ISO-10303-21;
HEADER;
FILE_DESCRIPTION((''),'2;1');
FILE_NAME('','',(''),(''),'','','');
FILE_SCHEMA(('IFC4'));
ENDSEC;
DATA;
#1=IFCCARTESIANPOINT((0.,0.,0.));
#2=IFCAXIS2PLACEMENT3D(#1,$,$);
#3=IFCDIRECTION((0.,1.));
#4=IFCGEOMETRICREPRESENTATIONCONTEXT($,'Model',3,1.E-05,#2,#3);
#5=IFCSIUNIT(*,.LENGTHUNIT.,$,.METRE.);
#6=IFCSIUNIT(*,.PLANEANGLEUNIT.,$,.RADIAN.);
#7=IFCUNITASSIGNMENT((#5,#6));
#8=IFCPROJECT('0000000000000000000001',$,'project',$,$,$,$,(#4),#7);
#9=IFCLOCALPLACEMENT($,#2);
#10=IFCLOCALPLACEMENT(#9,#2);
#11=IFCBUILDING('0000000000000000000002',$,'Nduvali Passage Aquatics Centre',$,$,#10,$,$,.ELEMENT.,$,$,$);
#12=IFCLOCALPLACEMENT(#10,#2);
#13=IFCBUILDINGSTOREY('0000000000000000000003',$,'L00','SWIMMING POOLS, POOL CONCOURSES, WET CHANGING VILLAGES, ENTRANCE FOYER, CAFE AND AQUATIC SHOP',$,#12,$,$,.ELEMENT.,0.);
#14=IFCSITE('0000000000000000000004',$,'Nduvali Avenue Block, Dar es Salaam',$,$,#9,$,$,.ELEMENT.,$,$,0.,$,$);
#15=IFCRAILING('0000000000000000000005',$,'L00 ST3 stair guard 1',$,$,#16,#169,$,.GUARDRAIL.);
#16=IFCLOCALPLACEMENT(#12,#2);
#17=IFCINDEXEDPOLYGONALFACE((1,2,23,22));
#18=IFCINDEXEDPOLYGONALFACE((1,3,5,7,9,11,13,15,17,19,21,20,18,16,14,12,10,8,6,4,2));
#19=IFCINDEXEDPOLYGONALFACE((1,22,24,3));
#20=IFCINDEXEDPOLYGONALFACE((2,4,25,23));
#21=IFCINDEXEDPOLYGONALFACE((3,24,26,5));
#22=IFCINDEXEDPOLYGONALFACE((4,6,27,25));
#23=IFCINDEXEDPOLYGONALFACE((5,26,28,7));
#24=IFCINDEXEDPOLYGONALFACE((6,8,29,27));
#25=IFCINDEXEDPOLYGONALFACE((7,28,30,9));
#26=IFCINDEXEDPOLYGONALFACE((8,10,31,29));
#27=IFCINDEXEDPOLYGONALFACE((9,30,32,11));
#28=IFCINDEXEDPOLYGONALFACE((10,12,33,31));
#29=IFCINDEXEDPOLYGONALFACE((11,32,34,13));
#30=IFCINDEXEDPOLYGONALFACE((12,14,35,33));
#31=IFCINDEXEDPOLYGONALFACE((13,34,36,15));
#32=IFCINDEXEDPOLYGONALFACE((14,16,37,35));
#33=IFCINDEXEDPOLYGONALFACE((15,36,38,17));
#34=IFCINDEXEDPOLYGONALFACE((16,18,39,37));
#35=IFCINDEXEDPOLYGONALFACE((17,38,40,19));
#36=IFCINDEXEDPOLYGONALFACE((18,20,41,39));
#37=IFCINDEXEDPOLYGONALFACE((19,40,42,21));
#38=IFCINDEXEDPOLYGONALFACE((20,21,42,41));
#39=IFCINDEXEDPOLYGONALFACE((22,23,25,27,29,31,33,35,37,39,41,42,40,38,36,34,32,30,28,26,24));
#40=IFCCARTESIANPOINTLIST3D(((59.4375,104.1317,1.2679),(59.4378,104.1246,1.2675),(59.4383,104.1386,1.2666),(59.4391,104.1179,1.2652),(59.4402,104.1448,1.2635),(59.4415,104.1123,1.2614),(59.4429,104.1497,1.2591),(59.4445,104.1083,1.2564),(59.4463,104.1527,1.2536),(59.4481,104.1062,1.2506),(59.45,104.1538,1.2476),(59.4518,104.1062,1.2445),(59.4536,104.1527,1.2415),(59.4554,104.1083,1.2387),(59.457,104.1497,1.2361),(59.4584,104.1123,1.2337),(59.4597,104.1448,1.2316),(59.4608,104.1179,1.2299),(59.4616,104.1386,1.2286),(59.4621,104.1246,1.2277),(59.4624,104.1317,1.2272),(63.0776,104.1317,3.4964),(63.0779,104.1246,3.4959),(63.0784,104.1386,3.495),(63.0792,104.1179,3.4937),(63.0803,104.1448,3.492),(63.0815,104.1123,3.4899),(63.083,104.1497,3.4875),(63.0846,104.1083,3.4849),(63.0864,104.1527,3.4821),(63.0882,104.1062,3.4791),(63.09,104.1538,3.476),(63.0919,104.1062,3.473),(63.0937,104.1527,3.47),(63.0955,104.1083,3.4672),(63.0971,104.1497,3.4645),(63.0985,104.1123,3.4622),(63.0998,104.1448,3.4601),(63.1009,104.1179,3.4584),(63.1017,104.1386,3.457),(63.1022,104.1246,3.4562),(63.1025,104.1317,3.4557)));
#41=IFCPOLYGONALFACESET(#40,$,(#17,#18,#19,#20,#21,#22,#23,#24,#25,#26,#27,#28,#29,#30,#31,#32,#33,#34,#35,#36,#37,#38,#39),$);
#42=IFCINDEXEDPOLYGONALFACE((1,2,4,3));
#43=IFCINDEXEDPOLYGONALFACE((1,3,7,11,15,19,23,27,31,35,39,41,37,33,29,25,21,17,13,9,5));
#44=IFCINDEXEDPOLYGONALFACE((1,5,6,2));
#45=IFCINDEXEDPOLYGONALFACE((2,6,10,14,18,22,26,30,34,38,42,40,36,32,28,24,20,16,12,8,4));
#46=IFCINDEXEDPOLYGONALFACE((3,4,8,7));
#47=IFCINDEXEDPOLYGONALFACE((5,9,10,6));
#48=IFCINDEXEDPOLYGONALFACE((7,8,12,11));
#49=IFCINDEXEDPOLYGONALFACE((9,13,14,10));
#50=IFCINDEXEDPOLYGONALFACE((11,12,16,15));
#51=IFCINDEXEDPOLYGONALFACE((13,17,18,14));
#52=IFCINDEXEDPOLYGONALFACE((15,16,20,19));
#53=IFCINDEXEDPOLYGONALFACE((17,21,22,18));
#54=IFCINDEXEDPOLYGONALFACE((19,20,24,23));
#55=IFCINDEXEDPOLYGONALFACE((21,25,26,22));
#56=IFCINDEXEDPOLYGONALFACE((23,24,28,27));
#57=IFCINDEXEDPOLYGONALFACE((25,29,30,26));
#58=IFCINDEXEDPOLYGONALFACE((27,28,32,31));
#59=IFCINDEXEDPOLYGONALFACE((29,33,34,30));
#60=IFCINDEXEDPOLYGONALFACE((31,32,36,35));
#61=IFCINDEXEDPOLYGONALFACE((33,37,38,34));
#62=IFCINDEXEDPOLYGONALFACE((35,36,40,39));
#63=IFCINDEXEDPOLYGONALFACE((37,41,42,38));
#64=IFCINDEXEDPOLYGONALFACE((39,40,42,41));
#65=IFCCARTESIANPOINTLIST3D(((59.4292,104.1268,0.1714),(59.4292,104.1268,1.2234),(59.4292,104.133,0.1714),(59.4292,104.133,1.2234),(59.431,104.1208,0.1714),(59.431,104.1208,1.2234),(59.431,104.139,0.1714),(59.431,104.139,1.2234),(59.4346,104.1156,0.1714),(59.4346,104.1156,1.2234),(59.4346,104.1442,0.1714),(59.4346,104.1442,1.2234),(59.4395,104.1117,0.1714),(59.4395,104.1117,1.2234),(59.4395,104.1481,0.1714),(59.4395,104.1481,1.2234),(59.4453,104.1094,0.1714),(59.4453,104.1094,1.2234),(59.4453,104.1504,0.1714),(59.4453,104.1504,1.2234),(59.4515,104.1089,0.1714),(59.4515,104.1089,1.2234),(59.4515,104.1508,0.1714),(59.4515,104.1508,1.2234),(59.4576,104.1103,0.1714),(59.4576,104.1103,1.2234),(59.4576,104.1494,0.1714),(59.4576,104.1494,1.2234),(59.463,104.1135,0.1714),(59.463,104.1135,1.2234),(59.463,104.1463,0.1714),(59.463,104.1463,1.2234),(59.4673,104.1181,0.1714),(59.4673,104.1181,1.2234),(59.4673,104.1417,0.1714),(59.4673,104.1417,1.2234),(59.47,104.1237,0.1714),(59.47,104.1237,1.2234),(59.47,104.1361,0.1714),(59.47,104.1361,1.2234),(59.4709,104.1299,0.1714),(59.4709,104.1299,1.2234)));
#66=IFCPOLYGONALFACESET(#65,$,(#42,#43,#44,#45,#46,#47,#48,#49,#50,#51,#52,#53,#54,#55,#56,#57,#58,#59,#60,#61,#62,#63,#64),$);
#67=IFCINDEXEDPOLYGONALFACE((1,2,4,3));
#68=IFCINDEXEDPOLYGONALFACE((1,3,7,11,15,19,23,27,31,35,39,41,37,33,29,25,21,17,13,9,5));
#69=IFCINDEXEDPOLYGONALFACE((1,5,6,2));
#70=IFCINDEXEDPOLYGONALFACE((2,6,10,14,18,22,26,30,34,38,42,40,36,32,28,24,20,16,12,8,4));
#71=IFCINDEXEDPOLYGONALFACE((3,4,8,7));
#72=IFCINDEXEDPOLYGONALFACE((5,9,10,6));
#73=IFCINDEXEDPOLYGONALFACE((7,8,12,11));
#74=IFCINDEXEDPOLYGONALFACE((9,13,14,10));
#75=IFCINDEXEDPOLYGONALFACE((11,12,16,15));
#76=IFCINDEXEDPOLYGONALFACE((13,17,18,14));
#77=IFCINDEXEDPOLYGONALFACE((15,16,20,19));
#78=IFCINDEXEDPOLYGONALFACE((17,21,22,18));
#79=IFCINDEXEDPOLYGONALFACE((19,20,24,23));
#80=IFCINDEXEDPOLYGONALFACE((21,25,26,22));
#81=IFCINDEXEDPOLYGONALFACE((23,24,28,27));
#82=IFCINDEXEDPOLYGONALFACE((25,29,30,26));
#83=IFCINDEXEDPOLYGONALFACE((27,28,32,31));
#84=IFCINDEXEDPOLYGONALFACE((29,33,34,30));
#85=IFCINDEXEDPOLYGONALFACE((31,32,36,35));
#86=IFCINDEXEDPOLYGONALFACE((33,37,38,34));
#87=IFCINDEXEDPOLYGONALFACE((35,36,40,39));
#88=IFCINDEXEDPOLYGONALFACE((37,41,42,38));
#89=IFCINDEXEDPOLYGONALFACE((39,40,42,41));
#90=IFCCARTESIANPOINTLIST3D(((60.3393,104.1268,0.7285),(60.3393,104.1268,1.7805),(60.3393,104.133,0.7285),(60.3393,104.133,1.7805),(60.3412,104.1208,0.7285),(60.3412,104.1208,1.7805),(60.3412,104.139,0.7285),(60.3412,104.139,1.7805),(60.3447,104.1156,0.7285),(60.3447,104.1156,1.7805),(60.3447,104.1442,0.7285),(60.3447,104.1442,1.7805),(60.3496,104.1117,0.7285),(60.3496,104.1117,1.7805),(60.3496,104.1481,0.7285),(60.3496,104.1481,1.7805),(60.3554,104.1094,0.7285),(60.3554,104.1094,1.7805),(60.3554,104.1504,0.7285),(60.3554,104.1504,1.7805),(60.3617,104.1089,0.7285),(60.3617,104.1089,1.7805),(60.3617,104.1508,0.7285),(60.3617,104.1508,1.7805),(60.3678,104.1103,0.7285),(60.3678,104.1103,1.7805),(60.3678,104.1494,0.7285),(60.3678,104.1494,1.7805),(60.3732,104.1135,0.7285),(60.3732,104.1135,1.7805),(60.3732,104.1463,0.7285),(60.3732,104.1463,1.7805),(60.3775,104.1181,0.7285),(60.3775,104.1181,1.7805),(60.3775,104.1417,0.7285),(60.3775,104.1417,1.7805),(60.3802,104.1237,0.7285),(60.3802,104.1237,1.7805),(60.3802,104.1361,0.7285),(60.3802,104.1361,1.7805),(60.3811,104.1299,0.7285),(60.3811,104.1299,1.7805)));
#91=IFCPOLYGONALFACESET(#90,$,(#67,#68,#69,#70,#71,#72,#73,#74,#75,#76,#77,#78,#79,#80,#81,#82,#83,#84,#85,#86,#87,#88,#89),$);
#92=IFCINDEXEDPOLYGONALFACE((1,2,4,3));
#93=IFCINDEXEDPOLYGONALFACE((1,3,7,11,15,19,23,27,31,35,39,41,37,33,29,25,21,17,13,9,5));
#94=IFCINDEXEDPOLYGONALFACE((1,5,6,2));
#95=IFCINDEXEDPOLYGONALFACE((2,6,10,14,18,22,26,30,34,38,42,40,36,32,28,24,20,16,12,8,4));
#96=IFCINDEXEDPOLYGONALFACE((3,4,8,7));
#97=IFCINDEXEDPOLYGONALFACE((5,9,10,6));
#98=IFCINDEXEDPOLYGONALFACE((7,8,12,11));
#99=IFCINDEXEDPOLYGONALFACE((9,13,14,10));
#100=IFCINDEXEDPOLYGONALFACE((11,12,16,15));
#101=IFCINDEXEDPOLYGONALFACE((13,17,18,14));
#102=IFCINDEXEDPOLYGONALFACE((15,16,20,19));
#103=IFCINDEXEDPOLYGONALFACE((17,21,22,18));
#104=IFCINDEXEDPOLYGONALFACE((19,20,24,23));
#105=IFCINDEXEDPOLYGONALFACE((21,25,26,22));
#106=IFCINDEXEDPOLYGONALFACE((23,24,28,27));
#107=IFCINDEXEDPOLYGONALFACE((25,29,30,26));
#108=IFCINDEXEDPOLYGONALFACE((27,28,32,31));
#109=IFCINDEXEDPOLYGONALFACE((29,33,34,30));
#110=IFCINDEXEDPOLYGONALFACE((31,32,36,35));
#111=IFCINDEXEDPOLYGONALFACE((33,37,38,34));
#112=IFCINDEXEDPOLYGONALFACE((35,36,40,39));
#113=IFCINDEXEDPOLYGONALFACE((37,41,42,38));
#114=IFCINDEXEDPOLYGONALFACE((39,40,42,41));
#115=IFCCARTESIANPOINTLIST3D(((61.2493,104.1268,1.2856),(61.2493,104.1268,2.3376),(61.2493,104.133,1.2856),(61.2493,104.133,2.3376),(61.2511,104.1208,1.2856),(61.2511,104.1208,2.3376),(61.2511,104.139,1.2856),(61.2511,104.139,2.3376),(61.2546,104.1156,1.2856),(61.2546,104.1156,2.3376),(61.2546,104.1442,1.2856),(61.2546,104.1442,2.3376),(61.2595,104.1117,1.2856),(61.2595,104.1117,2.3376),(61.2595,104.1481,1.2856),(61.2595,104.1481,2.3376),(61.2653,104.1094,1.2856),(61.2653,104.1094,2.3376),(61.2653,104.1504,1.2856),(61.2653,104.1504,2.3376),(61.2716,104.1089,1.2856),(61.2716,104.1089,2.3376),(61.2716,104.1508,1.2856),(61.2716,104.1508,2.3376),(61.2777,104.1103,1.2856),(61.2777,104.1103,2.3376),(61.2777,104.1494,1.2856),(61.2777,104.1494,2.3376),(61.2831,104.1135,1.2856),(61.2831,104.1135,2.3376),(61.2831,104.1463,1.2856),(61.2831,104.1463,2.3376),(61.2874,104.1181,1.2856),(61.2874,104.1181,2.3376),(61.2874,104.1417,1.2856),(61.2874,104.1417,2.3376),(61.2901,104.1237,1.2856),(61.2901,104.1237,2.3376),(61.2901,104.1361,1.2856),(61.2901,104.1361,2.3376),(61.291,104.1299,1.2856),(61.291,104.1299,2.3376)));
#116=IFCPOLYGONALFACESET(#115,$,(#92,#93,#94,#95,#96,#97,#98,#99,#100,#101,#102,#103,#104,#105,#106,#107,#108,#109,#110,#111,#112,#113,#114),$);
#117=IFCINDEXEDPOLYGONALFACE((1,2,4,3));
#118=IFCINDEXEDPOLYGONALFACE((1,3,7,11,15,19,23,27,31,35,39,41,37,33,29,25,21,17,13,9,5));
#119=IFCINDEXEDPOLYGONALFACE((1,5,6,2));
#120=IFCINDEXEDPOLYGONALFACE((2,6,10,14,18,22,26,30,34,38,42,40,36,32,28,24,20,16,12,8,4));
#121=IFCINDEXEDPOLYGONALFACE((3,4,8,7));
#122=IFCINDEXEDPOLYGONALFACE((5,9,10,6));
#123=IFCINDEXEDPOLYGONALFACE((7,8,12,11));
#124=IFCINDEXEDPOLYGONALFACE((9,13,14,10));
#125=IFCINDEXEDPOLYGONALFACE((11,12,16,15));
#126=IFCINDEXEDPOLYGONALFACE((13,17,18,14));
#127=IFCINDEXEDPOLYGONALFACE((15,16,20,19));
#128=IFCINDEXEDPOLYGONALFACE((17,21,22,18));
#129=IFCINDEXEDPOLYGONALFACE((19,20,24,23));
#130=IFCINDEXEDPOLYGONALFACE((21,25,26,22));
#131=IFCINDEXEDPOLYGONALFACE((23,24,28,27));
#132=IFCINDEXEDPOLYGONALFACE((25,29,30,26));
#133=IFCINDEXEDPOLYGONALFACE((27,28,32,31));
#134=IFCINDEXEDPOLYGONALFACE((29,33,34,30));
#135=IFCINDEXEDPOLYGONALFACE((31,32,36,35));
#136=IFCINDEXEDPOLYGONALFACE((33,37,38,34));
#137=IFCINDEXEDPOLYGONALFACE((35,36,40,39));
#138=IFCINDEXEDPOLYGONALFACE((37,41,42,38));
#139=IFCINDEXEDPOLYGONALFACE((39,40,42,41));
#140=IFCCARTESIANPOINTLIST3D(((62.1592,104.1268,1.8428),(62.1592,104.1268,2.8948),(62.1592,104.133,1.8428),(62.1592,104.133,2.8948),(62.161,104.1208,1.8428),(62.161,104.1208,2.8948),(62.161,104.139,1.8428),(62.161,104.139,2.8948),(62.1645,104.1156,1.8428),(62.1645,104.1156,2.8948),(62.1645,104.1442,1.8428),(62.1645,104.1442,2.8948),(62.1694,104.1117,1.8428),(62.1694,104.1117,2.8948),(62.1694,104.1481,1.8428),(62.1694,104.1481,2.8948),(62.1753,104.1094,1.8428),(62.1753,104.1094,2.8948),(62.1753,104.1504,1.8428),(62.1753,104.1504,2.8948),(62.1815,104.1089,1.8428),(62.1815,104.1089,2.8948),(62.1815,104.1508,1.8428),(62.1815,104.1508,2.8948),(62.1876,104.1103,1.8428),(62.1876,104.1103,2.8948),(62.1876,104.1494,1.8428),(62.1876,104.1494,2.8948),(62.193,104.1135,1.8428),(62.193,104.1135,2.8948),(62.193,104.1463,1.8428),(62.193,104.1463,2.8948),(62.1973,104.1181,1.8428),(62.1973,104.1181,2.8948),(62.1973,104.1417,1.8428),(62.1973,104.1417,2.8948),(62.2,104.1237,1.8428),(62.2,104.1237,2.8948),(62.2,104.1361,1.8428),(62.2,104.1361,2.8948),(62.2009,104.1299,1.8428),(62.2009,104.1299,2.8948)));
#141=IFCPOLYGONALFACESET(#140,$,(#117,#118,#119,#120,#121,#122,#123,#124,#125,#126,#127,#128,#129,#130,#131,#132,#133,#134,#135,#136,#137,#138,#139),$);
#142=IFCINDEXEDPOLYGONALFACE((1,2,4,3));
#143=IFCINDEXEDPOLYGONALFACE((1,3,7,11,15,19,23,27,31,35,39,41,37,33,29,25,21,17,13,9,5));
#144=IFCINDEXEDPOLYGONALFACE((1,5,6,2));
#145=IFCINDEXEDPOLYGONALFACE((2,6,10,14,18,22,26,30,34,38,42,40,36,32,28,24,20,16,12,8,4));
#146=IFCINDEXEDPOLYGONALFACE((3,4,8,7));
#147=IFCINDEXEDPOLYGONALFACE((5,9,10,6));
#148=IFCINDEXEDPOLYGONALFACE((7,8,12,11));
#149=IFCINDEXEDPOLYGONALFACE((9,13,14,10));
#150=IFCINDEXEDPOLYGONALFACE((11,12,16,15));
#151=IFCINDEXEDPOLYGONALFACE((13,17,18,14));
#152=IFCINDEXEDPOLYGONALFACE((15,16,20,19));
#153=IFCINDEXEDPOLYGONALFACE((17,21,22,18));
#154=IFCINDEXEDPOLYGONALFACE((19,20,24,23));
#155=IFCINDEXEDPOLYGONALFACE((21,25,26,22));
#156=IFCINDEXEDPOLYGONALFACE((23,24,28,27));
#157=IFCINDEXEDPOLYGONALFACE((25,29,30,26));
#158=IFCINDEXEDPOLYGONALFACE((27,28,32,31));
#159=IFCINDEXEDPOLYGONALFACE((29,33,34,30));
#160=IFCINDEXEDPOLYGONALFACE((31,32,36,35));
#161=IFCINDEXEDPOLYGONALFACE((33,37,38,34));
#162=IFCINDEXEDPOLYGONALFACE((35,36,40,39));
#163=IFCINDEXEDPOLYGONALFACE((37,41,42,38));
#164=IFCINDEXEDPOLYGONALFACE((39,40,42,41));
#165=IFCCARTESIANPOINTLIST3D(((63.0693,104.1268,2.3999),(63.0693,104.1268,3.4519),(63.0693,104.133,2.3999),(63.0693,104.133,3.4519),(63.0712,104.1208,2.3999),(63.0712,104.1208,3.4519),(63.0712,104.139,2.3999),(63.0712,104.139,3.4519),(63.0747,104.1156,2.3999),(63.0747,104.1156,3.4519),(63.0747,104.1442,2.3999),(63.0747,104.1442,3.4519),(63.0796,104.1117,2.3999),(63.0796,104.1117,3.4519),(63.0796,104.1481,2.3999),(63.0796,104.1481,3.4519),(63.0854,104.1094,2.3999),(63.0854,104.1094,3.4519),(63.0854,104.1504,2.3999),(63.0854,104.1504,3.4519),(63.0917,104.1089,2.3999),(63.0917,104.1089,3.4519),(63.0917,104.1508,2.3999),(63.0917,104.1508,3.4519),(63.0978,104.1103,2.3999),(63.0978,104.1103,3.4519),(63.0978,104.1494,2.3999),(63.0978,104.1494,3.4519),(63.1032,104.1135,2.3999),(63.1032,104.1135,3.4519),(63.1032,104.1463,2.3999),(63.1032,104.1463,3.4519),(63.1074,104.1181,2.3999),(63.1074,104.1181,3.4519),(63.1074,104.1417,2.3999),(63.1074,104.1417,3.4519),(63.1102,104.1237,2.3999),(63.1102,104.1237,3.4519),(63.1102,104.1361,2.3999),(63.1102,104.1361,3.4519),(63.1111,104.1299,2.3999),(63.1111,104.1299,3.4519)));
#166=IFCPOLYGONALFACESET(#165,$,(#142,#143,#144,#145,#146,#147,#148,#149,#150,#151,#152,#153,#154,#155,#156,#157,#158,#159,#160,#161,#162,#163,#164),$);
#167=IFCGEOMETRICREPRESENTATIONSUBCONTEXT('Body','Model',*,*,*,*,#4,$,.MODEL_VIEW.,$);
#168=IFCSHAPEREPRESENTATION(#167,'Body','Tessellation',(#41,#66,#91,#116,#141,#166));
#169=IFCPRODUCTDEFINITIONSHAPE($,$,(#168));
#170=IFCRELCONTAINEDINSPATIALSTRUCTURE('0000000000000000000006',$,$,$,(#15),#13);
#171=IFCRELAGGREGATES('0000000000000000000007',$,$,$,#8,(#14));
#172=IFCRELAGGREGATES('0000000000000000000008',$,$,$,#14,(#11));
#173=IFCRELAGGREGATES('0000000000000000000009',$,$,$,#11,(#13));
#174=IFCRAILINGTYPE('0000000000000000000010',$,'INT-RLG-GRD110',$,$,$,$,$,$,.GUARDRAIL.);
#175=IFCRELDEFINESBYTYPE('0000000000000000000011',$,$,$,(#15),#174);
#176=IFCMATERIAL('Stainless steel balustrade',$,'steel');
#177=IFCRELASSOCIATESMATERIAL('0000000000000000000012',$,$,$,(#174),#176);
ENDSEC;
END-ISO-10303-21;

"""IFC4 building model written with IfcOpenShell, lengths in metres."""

from ifc_helpers import new_model, si_unit, direction, frame, origin, origin_2d, place, context, subcontext, project, spatial, circle, extrude, material, type_object, element, save


model = new_model("IFC4")

# Units and contexts
model_context = context("Model", 3, precision=1e-05, world=origin(), true_north=direction((0.0, 1.0)))
body_context = subcontext(model_context, "Body", "Model", "MODEL_VIEW")
ifc_project = project(units=[si_unit("LENGTHUNIT", "METRE"), si_unit("PLANEANGLEUNIT", "RADIAN")], contexts=[model_context])

# Site, building, storey
site_placement = place(None, origin())
site = spatial("IfcSite", under=ifc_project, at=site_placement, Name="Nduvali Avenue Block, Dar es Salaam", CompositionType="ELEMENT", RefElevation=0.0)
building_placement = place(site_placement, origin())
building = spatial("IfcBuilding", under=site, at=building_placement, Name="Nduvali Passage Aquatics Centre", CompositionType="ELEMENT")
storey_placement = place(building_placement, origin())
storey = spatial("IfcBuildingStorey", under=building, at=storey_placement, Name="L00", Description="SWIMMING POOLS, POOL CONCOURSES, WET CHANGING VILLAGES, ENTRANCE FOYER, CAFE AND AQUATIC SHOP", CompositionType="ELEMENT", Elevation=0.0)

# Railing
ifc_material_1 = material(Name="Stainless steel balustrade", Category="steel")
railing_type_1 = type_object("IfcRailingType", Name="INT-RLG-GRD110", PredefinedType="GUARDRAIL", material=ifc_material_1)
railing_1_placement = place(storey_placement, frame((59.45, 104.1299, 0.1714)))
element("IfcRailing", 1, at=railing_1_placement, inside=storey, type_object=railing_type_1, Name="L00 ST3 stair guard 1", PredefinedType="GUARDRAIL", context=body_context, shape_type="SweptSolid", body=[
    extrude(circle(Radius=0.0239, at=origin_2d()), frame((0.0, 0.0, 1.0762), z_axis=(0.852866, 0.0, 0.52213), x_axis=(0.0, 1.0, 0.0)), (0.0, 0.0, 1.0), 4.2681),
    extrude(circle(Radius=0.021, at=origin_2d()), origin(), (0.0, 0.0, 1.0), 1.052),
    extrude(circle(Radius=0.021, at=origin_2d()), frame((0.9102, 0.0, 0.5571)), (0.0, 0.0, 1.0), 1.052),
    extrude(circle(Radius=0.021, at=origin_2d()), frame((1.8201, 0.0, 1.1143)), (0.0, 0.0, 1.0), 1.052),
    extrude(circle(Radius=0.021, at=origin_2d()), frame((2.73, 0.0, 1.6714)), (0.0, 0.0, 1.0), 1.052),
    extrude(circle(Radius=0.021, at=origin_2d()), frame((3.6401, 0.0, 2.2285)), (0.0, 0.0, 1.0), 1.052),
])

save(model, "model.ifc")
